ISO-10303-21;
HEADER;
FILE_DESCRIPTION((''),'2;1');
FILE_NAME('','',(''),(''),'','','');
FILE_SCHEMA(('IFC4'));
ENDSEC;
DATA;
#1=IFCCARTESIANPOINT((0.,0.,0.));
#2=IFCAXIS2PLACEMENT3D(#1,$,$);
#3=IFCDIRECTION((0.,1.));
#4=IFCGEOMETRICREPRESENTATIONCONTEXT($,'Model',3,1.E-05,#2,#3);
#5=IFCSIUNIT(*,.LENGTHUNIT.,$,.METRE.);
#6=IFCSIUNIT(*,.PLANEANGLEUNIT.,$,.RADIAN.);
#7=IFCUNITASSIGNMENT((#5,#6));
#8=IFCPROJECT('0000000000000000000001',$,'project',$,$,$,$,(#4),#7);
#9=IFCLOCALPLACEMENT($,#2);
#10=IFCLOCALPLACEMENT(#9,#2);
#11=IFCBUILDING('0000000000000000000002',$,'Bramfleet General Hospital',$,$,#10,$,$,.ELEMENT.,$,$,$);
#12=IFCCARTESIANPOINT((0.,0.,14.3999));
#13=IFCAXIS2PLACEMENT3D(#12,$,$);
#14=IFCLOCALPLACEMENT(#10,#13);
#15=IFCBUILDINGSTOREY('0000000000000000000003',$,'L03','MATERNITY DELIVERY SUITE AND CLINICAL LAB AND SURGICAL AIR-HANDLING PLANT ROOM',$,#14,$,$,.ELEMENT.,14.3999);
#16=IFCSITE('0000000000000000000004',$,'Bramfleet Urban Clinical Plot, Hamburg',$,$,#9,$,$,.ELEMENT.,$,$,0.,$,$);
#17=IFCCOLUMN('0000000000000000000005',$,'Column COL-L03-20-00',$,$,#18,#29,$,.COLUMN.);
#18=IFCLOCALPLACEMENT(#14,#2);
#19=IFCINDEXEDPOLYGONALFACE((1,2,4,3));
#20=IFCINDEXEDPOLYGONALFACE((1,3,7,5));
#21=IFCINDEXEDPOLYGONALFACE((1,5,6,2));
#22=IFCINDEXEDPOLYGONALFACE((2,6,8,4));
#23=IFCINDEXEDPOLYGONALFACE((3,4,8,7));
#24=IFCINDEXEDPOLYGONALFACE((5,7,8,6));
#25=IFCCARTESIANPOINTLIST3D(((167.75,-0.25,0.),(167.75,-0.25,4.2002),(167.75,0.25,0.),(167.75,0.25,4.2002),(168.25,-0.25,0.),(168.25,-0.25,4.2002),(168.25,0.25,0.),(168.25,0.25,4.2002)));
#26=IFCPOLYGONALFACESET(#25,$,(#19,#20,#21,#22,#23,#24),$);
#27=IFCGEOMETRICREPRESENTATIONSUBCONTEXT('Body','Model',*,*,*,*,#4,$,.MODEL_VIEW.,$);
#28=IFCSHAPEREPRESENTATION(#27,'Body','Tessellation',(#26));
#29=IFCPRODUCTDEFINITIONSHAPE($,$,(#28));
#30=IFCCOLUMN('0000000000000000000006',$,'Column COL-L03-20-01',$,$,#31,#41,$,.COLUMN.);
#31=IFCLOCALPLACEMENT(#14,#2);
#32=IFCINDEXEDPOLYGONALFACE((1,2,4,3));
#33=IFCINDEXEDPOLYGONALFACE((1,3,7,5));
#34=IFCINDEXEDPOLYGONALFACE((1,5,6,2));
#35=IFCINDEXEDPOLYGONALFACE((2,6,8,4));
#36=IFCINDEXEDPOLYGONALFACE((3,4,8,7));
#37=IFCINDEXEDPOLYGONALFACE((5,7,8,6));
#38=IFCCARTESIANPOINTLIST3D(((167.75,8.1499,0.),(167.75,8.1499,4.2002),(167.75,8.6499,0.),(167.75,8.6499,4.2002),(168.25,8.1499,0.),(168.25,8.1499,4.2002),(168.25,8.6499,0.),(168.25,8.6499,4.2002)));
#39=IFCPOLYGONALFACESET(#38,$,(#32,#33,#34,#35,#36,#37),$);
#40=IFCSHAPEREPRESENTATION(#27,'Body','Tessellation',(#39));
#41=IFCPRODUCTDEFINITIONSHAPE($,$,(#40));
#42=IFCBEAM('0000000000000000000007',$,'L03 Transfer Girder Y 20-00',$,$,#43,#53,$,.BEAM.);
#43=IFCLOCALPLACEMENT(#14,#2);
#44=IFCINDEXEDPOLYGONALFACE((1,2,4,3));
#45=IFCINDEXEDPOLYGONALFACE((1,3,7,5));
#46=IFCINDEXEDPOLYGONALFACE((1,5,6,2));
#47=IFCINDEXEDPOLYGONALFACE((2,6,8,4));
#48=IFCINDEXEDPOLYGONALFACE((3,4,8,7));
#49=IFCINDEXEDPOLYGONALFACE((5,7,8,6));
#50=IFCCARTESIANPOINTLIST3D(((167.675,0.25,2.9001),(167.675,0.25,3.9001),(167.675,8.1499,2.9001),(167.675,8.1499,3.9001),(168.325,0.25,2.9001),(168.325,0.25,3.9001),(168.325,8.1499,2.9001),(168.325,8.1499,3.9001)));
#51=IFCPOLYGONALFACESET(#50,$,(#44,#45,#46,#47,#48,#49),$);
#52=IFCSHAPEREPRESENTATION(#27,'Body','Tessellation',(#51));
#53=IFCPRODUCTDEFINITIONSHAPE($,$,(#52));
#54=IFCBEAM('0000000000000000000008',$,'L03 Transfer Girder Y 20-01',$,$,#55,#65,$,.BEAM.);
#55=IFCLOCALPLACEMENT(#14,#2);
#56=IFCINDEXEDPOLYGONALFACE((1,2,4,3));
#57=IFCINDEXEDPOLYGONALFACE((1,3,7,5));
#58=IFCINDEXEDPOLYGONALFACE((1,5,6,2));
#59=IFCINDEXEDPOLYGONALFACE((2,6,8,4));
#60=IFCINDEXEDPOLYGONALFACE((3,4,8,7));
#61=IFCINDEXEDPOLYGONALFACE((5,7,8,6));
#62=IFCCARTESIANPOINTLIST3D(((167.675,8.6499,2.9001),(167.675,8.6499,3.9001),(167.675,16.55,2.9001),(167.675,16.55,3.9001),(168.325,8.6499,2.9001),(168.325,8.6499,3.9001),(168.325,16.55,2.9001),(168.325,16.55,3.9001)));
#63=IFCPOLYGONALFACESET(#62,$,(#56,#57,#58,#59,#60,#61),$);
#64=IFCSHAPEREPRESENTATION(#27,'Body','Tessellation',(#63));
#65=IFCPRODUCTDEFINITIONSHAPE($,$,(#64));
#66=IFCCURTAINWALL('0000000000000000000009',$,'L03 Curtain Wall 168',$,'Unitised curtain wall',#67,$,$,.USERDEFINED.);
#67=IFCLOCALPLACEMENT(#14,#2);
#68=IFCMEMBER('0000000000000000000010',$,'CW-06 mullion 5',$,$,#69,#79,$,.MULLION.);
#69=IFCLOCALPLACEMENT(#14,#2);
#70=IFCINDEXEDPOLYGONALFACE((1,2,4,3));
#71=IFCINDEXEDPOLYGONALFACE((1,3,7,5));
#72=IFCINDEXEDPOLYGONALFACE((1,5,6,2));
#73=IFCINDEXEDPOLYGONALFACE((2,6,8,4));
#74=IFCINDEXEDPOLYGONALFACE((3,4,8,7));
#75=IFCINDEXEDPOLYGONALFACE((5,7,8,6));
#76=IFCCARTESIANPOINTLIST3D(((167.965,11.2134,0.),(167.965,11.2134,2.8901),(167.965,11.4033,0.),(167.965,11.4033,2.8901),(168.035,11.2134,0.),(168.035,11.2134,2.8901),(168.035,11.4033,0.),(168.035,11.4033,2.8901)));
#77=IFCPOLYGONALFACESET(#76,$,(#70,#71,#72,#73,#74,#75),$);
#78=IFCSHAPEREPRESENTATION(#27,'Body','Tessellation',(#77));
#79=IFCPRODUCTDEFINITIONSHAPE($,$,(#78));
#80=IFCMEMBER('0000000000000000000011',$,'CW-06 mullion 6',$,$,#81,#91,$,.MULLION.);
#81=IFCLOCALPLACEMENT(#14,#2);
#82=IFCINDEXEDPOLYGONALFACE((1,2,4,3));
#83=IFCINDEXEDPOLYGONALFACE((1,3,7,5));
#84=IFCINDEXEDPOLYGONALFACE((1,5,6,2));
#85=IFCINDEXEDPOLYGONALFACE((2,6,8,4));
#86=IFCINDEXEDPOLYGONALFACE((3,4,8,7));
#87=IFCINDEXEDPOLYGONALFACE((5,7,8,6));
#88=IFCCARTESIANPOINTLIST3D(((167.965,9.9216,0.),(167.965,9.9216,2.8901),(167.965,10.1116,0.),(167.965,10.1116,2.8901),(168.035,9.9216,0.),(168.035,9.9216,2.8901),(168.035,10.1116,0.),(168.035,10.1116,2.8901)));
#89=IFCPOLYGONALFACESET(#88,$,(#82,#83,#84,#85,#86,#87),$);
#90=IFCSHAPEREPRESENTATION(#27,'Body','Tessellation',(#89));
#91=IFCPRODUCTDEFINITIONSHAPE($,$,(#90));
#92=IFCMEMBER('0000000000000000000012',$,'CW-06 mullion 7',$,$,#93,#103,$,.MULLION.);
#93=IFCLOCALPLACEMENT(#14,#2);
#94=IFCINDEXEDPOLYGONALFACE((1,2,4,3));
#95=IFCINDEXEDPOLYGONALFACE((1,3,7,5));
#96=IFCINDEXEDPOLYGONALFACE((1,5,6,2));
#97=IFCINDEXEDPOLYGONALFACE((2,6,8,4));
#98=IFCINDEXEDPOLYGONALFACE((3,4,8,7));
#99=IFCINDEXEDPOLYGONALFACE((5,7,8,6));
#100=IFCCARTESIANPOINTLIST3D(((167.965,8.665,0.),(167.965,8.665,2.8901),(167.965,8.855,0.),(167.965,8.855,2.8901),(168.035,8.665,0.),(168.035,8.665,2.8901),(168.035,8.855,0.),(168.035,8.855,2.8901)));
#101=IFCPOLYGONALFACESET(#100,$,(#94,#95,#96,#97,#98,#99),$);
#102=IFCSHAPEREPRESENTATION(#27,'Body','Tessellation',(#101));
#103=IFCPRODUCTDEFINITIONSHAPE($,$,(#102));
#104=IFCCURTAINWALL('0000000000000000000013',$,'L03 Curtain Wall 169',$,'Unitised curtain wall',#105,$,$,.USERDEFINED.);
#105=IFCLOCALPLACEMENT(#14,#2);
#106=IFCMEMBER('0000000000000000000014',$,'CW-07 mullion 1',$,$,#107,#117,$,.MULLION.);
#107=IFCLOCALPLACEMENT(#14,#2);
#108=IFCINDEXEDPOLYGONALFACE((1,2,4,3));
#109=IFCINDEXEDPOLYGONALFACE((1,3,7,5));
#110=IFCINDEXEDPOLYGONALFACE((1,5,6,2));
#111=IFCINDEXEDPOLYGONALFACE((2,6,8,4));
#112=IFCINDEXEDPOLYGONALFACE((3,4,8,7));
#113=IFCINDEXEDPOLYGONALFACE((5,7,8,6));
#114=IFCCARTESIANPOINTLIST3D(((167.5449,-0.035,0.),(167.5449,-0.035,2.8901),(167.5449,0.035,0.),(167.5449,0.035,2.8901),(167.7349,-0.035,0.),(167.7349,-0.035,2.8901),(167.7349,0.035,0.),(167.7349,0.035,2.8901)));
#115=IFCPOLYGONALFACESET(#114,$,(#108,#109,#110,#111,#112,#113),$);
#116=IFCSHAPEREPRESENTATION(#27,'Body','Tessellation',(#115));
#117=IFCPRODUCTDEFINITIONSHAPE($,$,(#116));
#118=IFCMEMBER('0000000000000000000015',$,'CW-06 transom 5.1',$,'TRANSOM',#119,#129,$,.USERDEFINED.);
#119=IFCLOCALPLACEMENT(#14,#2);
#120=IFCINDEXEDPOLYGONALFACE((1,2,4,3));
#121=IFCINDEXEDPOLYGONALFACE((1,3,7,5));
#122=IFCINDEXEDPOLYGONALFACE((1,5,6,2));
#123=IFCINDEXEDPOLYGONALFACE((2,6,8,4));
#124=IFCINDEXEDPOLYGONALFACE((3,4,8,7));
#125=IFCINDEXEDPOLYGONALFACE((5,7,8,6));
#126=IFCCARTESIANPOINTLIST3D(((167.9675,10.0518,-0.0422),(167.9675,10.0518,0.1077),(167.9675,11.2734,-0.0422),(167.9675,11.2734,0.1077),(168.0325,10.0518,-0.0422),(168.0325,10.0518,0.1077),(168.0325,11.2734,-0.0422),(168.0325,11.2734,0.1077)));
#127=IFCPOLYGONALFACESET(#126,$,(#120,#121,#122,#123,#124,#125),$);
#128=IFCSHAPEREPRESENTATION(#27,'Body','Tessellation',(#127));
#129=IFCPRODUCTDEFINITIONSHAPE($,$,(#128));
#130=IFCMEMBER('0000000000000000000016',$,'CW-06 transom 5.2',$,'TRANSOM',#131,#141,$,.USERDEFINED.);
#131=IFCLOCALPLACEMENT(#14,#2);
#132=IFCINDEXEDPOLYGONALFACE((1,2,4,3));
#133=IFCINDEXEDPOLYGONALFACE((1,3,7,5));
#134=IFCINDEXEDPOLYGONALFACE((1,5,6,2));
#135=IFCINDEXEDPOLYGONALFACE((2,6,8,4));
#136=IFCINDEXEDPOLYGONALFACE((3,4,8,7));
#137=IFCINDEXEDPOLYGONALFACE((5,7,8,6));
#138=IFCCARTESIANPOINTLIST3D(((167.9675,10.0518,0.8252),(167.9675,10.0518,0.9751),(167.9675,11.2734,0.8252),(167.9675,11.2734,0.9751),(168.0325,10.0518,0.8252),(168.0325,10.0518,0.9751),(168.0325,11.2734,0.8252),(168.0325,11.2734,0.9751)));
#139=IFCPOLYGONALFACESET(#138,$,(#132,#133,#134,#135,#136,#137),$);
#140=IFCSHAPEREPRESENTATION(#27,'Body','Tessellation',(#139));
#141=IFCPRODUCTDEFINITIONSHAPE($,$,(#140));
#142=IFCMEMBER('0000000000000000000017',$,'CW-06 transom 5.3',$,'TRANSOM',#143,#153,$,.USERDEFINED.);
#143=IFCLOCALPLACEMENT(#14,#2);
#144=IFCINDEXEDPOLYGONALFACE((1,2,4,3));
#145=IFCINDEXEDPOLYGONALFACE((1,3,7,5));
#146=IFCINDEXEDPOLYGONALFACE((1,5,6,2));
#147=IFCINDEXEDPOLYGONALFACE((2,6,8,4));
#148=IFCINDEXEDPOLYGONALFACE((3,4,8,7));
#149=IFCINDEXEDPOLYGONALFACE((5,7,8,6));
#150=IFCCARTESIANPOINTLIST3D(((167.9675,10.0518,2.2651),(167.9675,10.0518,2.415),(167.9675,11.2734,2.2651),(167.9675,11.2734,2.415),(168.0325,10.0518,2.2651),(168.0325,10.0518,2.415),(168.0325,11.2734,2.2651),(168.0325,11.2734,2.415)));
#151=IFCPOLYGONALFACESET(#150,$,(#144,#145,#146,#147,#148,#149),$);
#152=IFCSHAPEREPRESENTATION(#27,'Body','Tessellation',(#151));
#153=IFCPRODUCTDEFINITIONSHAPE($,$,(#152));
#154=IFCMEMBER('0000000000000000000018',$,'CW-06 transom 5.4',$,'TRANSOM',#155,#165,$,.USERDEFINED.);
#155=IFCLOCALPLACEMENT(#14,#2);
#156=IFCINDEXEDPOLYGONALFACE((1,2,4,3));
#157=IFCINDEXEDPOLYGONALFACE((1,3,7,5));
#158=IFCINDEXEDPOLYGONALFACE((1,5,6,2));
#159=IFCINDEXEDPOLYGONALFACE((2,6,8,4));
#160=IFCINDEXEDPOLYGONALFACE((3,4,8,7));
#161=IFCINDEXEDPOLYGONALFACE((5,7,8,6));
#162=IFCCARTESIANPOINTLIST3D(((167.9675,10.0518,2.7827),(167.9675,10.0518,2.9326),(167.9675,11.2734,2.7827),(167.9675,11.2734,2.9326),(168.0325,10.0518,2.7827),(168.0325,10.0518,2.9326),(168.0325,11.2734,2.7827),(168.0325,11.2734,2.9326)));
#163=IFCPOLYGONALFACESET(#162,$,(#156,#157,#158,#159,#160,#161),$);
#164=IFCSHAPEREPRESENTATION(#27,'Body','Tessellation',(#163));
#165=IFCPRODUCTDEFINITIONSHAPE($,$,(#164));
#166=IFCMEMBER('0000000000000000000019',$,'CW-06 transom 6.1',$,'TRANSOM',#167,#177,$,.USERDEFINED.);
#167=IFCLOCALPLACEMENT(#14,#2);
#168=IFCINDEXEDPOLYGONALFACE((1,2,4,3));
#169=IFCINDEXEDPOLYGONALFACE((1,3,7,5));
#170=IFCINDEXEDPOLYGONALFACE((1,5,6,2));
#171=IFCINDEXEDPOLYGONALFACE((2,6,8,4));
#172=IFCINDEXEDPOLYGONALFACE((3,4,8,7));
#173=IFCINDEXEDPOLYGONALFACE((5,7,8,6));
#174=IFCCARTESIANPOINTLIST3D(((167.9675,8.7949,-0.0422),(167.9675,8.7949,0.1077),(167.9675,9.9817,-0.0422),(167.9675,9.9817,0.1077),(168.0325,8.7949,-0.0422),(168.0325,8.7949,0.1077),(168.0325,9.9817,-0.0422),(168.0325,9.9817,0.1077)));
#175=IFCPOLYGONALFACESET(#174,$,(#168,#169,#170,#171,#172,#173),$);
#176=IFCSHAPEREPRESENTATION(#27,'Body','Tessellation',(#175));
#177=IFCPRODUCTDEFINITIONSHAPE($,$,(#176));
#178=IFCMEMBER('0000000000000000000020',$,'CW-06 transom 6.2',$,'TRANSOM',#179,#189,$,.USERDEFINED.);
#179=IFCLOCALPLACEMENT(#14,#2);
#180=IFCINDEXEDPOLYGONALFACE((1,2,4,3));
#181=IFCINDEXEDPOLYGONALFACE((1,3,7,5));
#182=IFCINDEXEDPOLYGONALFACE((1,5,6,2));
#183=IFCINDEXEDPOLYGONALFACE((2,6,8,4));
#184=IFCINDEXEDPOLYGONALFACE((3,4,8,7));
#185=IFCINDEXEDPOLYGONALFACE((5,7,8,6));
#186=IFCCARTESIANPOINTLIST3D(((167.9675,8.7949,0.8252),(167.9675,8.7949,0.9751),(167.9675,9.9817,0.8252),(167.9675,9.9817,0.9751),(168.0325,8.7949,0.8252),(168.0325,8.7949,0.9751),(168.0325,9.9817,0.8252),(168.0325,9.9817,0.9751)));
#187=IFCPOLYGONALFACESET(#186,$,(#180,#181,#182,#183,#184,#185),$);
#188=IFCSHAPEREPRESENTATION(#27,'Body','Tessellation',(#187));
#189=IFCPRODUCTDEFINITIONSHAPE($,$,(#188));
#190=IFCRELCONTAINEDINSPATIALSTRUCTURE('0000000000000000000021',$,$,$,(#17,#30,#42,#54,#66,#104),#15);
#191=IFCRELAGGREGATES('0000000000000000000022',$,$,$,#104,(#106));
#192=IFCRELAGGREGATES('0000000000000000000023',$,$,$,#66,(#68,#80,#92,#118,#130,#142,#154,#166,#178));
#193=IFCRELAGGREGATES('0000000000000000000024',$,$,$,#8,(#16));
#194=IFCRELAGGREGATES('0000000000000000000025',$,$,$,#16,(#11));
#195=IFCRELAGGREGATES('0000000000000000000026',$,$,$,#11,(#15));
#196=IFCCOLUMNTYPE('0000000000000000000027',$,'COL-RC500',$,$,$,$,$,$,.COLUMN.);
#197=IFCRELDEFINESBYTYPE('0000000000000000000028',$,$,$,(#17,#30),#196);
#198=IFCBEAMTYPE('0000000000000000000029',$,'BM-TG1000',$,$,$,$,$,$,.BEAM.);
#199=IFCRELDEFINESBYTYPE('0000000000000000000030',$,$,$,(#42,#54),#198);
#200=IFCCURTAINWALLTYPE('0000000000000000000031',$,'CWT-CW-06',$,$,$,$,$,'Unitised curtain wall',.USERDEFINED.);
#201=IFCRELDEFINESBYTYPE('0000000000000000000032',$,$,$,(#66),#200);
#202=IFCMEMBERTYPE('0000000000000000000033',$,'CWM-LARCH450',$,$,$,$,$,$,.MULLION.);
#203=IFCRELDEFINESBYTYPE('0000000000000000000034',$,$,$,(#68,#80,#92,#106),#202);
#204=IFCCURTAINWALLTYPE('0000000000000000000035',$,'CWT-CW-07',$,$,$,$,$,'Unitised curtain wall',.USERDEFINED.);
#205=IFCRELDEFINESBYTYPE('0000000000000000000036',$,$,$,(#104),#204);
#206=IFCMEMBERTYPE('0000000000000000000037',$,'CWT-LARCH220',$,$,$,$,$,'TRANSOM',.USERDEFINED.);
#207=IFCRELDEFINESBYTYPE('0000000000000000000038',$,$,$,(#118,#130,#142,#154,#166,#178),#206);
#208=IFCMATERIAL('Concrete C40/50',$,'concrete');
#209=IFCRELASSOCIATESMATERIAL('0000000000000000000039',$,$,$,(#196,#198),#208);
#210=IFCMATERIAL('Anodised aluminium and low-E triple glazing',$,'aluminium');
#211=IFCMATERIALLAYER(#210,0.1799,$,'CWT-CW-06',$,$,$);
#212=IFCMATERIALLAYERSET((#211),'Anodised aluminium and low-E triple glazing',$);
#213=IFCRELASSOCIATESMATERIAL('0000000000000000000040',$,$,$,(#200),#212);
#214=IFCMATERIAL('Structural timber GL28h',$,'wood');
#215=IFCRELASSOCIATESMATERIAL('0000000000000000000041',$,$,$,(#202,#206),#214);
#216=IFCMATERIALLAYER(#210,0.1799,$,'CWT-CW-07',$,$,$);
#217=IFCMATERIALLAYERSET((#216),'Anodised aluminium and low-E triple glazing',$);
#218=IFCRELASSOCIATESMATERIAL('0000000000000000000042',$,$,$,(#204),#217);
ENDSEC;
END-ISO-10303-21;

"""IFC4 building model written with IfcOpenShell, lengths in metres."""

from ifc_helpers import new_model, si_unit, direction, frame, origin, origin_2d, place, context, subcontext, project, spatial, rectangle, extrude, material, layer, layer_set, material_profile, profile_set, type_object, element, aggregate, save


model = new_model("IFC4")

# Units and contexts
model_context = context("Model", 3, precision=1e-05, world=origin(), true_north=direction((0.0, 1.0)))
body_context = subcontext(model_context, "Body", "Model", "MODEL_VIEW")
ifc_project = project(units=[si_unit("LENGTHUNIT", "METRE"), si_unit("PLANEANGLEUNIT", "RADIAN")], contexts=[model_context])

# Site, building, storey
site_placement = place(None, origin())
site = spatial("IfcSite", under=ifc_project, at=site_placement, Name="Bramfleet Urban Clinical Plot, Hamburg", CompositionType="ELEMENT", RefElevation=0.0)
building_placement = place(site_placement, origin())
building = spatial("IfcBuilding", under=site, at=building_placement, Name="Bramfleet General Hospital", CompositionType="ELEMENT")
storey_placement = place(building_placement, frame((0.0, 0.0, 14.3999)))
storey = spatial("IfcBuildingStorey", under=building, at=storey_placement, Name="L03", Description="MATERNITY DELIVERY SUITE AND CLINICAL LAB AND SURGICAL AIR-HANDLING PLANT ROOM", CompositionType="ELEMENT", Elevation=14.3999)

# Columns
ifc_material_1 = material(Name="Concrete C40/50", Category="concrete")
ifc_material_profile_1 = material_profile(ifc_material_1, rectangle(XDim=0.5, YDim=0.5, at=origin_2d()), Name="RC COL 500x500")
ifc_profile_set_1 = profile_set([ifc_material_profile_1], Name="Concrete C40/50")
column_type = type_object("IfcColumnType", Name="COL-RC500", PredefinedType="COLUMN", material=ifc_profile_set_1)
for number, where, z_axis, x_axis, name in (
    (1, (168.0, 0.0, 0.0), (0.0, 0.0, 1.0), (1.0, 0.0, 0.0), "Column COL-L03-20-00"),
    (2, (168.0, 8.3999, 0.0), (0.0, 0.0, 1.0), (1.0, 0.0, 0.0), "Column COL-L03-20-01"),
):
    element("IfcColumn", number, at=place(storey_placement, frame(where, z_axis=z_axis, x_axis=x_axis)), inside=storey, type_object=column_type, Name=name, PredefinedType="COLUMN", context=body_context, shape_type="SweptSolid", body=[
        extrude(rectangle(XDim=0.5, YDim=0.5, at=origin_2d()), origin(), (0.0, 0.0, 1.0), 4.2002),
    ])

# Beams
ifc_material_profile_2 = material_profile(ifc_material_1, rectangle(XDim=0.6499, YDim=1.0, at=origin_2d()), Name="RC TG 1000x650")
ifc_profile_set_2 = profile_set([ifc_material_profile_2], Name="Concrete C40/50")
beam_type = type_object("IfcBeamType", Name="BM-TG1000", PredefinedType="BEAM", material=ifc_profile_set_2)
beam_1_placement = place(storey_placement, frame((168.0, 0.25, 3.4001), z_axis=(0.0, 1.0, 0.0), x_axis=(-1.0, 0.0, 0.0)))
element("IfcBeam", 3, at=beam_1_placement, inside=storey, type_object=beam_type, Name="L03 Transfer Girder Y 20-00", PredefinedType="BEAM", context=body_context, shape_type="SweptSolid", body=[
    extrude(rectangle(XDim=0.6499, YDim=1.0, at=origin_2d()), origin(), (0.0, 0.0, 1.0), 7.8999),
])
beam_2_placement = place(storey_placement, frame((168.0, 8.6499, 3.4001), z_axis=(0.0, 1.0, 0.0), x_axis=(-1.0, 0.0, 0.0)))
element("IfcBeam", 4, at=beam_2_placement, inside=storey, type_object=beam_type, Name="L03 Transfer Girder Y 20-01", PredefinedType="BEAM", context=body_context, shape_type="SweptSolid", body=[
    extrude(rectangle(XDim=0.6499, YDim=1.0, at=origin_2d()), origin(), (0.0, 0.0, 1.0), 7.9001),
])

# Curtain wall, members
ifc_material_2 = material(Name="Anodised aluminium and low-E triple glazing", Category="aluminium")
ifc_layer_1 = layer(ifc_material_2, 0.1799, Name="CWT-CW-06")
ifc_layer_set_1 = layer_set([ifc_layer_1], Name="Anodised aluminium and low-E triple glazing")
curtain_wall_type_1 = type_object("IfcCurtainWallType", Name="CWT-CW-06", ElementType="Unitised curtain wall", PredefinedType="USERDEFINED", material=ifc_layer_set_1)
curtain_wall_1_placement = place(storey_placement, origin())
curtain_wall_1 = element("IfcCurtainWall", 5, at=curtain_wall_1_placement, inside=storey, type_object=curtain_wall_type_1, Name="L03 Curtain Wall 168", ObjectType="Unitised curtain wall", PredefinedType="USERDEFINED")
ifc_material_3 = material(Name="Structural timber GL28h", Category="wood")
ifc_material_profile_3 = material_profile(ifc_material_3, rectangle(XDim=0.0701, YDim=0.1899, at=origin_2d()), Name="LARCH 190x70")
ifc_profile_set_3 = profile_set([ifc_material_profile_3], Name="Structural timber GL28h")
member_type_1 = type_object("IfcMemberType", Name="CWM-LARCH450", PredefinedType="MULLION", material=ifc_profile_set_3)
member_1_placement = place(storey_placement, frame((168.0, 11.3083, 0.0), z_axis=(0.0, 0.0, 1.0), x_axis=(1.0, 0.0, 0.0)))
member_1 = element("IfcMember", 6, at=member_1_placement, type_object=member_type_1, Name="CW-06 mullion 5", PredefinedType="MULLION", context=body_context, shape_type="SweptSolid", body=[
    extrude(rectangle(XDim=0.0701, YDim=0.1899, at=origin_2d()), origin(), (0.0, 0.0, 1.0), 2.8901),
])
member_2_placement = place(storey_placement, frame((168.0, 10.0166, 0.0), z_axis=(0.0, 0.0, 1.0), x_axis=(1.0, 0.0, 0.0)))
member_2 = element("IfcMember", 7, at=member_2_placement, type_object=member_type_1, Name="CW-06 mullion 6", PredefinedType="MULLION", context=body_context, shape_type="SweptSolid", body=[
    extrude(rectangle(XDim=0.0701, YDim=0.1899, at=origin_2d()), origin(), (0.0, 0.0, 1.0), 2.8901),
])
member_3_placement = place(storey_placement, frame((168.0, 8.76, 0.0), z_axis=(0.0, 0.0, 1.0), x_axis=(1.0, 0.0, 0.0)))
member_3 = element("IfcMember", 8, at=member_3_placement, type_object=member_type_1, Name="CW-06 mullion 7", PredefinedType="MULLION", context=body_context, shape_type="SweptSolid", body=[
    extrude(rectangle(XDim=0.0701, YDim=0.1899, at=origin_2d()), origin(), (0.0, 0.0, 1.0), 2.8901),
])

# Curtain wall, member
ifc_layer_2 = layer(ifc_material_2, 0.1799, Name="CWT-CW-07")
ifc_layer_set_2 = layer_set([ifc_layer_2], Name="Anodised aluminium and low-E triple glazing")
curtain_wall_type_2 = type_object("IfcCurtainWallType", Name="CWT-CW-07", ElementType="Unitised curtain wall", PredefinedType="USERDEFINED", material=ifc_layer_set_2)
curtain_wall_2_placement = place(storey_placement, origin())
curtain_wall_2 = element("IfcCurtainWall", 9, at=curtain_wall_2_placement, inside=storey, type_object=curtain_wall_type_2, Name="L03 Curtain Wall 169", ObjectType="Unitised curtain wall", PredefinedType="USERDEFINED")
member_4_placement = place(storey_placement, frame((167.6399, 0.0, 0.0), z_axis=(0.0, 0.0, 1.0), x_axis=(0.0, -1.0, 0.0)))
member_4 = element("IfcMember", 10, at=member_4_placement, type_object=member_type_1, Name="CW-07 mullion 1", PredefinedType="MULLION", context=body_context, shape_type="SweptSolid", body=[
    extrude(rectangle(XDim=0.0701, YDim=0.1899, at=origin_2d()), origin(), (0.0, 0.0, 1.0), 2.8901),
])

# Members
ifc_material_profile_4 = material_profile(ifc_material_3, rectangle(XDim=0.0649, YDim=0.1499, at=origin_2d()), Name="LARCH 150x65")
ifc_profile_set_4 = profile_set([ifc_material_profile_4], Name="Structural timber GL28h")
member_type_2 = type_object("IfcMemberType", Name="CWT-LARCH220", ElementType="TRANSOM", PredefinedType="USERDEFINED", material=ifc_profile_set_4)
member_5_placement = place(storey_placement, frame((168.0, 11.2734, 0.0327), z_axis=(0.0, -1.0, 0.0), x_axis=(1.0, 0.0, 0.0)))
member_5 = element("IfcMember", 11, at=member_5_placement, type_object=member_type_2, Name="CW-06 transom 5.1", ObjectType="TRANSOM", PredefinedType="USERDEFINED", context=body_context, shape_type="SweptSolid", body=[
    extrude(rectangle(XDim=0.0649, YDim=0.1499, at=origin_2d()), origin(), (0.0, 0.0, 1.0), 1.2217),
])
member_6_placement = place(storey_placement, frame((168.0, 11.2734, 0.9001), z_axis=(0.0, -1.0, 0.0), x_axis=(1.0, 0.0, 0.0)))
member_6 = element("IfcMember", 12, at=member_6_placement, type_object=member_type_2, Name="CW-06 transom 5.2", ObjectType="TRANSOM", PredefinedType="USERDEFINED", context=body_context, shape_type="SweptSolid", body=[
    extrude(rectangle(XDim=0.0649, YDim=0.1499, at=origin_2d()), origin(), (0.0, 0.0, 1.0), 1.2217),
])
member_7_placement = place(storey_placement, frame((168.0, 11.2734, 2.3401), z_axis=(0.0, -1.0, 0.0), x_axis=(1.0, 0.0, 0.0)))
member_7 = element("IfcMember", 13, at=member_7_placement, type_object=member_type_2, Name="CW-06 transom 5.3", ObjectType="TRANSOM", PredefinedType="USERDEFINED", context=body_context, shape_type="SweptSolid", body=[
    extrude(rectangle(XDim=0.0649, YDim=0.1499, at=origin_2d()), origin(), (0.0, 0.0, 1.0), 1.2217),
])
member_8_placement = place(storey_placement, frame((168.0, 11.2734, 2.8577), z_axis=(0.0, -1.0, 0.0), x_axis=(1.0, 0.0, 0.0)))
member_8 = element("IfcMember", 14, at=member_8_placement, type_object=member_type_2, Name="CW-06 transom 5.4", ObjectType="TRANSOM", PredefinedType="USERDEFINED", context=body_context, shape_type="SweptSolid", body=[
    extrude(rectangle(XDim=0.0649, YDim=0.1499, at=origin_2d()), origin(), (0.0, 0.0, 1.0), 1.2217),
])
member_9_placement = place(storey_placement, frame((168.0, 9.9817, 0.0327), z_axis=(0.0, -1.0, 0.0), x_axis=(1.0, 0.0, 0.0)))
member_9 = element("IfcMember", 15, at=member_9_placement, type_object=member_type_2, Name="CW-06 transom 6.1", ObjectType="TRANSOM", PredefinedType="USERDEFINED", context=body_context, shape_type="SweptSolid", body=[
    extrude(rectangle(XDim=0.0649, YDim=0.1499, at=origin_2d()), origin(), (0.0, 0.0, 1.0), 1.1868),
])
member_10_placement = place(storey_placement, frame((168.0, 9.9817, 0.9001), z_axis=(0.0, -1.0, 0.0), x_axis=(1.0, 0.0, 0.0)))
member_10 = element("IfcMember", 16, at=member_10_placement, type_object=member_type_2, Name="CW-06 transom 6.2", ObjectType="TRANSOM", PredefinedType="USERDEFINED", context=body_context, shape_type="SweptSolid", body=[
    extrude(rectangle(XDim=0.0649, YDim=0.1499, at=origin_2d()), origin(), (0.0, 0.0, 1.0), 1.1868),
])

aggregate(curtain_wall_2, [member_4])
aggregate(curtain_wall_1, [member_1, member_2, member_3, member_5, member_6, member_7, member_8, member_9, member_10])

save(model, "model.ifc")
